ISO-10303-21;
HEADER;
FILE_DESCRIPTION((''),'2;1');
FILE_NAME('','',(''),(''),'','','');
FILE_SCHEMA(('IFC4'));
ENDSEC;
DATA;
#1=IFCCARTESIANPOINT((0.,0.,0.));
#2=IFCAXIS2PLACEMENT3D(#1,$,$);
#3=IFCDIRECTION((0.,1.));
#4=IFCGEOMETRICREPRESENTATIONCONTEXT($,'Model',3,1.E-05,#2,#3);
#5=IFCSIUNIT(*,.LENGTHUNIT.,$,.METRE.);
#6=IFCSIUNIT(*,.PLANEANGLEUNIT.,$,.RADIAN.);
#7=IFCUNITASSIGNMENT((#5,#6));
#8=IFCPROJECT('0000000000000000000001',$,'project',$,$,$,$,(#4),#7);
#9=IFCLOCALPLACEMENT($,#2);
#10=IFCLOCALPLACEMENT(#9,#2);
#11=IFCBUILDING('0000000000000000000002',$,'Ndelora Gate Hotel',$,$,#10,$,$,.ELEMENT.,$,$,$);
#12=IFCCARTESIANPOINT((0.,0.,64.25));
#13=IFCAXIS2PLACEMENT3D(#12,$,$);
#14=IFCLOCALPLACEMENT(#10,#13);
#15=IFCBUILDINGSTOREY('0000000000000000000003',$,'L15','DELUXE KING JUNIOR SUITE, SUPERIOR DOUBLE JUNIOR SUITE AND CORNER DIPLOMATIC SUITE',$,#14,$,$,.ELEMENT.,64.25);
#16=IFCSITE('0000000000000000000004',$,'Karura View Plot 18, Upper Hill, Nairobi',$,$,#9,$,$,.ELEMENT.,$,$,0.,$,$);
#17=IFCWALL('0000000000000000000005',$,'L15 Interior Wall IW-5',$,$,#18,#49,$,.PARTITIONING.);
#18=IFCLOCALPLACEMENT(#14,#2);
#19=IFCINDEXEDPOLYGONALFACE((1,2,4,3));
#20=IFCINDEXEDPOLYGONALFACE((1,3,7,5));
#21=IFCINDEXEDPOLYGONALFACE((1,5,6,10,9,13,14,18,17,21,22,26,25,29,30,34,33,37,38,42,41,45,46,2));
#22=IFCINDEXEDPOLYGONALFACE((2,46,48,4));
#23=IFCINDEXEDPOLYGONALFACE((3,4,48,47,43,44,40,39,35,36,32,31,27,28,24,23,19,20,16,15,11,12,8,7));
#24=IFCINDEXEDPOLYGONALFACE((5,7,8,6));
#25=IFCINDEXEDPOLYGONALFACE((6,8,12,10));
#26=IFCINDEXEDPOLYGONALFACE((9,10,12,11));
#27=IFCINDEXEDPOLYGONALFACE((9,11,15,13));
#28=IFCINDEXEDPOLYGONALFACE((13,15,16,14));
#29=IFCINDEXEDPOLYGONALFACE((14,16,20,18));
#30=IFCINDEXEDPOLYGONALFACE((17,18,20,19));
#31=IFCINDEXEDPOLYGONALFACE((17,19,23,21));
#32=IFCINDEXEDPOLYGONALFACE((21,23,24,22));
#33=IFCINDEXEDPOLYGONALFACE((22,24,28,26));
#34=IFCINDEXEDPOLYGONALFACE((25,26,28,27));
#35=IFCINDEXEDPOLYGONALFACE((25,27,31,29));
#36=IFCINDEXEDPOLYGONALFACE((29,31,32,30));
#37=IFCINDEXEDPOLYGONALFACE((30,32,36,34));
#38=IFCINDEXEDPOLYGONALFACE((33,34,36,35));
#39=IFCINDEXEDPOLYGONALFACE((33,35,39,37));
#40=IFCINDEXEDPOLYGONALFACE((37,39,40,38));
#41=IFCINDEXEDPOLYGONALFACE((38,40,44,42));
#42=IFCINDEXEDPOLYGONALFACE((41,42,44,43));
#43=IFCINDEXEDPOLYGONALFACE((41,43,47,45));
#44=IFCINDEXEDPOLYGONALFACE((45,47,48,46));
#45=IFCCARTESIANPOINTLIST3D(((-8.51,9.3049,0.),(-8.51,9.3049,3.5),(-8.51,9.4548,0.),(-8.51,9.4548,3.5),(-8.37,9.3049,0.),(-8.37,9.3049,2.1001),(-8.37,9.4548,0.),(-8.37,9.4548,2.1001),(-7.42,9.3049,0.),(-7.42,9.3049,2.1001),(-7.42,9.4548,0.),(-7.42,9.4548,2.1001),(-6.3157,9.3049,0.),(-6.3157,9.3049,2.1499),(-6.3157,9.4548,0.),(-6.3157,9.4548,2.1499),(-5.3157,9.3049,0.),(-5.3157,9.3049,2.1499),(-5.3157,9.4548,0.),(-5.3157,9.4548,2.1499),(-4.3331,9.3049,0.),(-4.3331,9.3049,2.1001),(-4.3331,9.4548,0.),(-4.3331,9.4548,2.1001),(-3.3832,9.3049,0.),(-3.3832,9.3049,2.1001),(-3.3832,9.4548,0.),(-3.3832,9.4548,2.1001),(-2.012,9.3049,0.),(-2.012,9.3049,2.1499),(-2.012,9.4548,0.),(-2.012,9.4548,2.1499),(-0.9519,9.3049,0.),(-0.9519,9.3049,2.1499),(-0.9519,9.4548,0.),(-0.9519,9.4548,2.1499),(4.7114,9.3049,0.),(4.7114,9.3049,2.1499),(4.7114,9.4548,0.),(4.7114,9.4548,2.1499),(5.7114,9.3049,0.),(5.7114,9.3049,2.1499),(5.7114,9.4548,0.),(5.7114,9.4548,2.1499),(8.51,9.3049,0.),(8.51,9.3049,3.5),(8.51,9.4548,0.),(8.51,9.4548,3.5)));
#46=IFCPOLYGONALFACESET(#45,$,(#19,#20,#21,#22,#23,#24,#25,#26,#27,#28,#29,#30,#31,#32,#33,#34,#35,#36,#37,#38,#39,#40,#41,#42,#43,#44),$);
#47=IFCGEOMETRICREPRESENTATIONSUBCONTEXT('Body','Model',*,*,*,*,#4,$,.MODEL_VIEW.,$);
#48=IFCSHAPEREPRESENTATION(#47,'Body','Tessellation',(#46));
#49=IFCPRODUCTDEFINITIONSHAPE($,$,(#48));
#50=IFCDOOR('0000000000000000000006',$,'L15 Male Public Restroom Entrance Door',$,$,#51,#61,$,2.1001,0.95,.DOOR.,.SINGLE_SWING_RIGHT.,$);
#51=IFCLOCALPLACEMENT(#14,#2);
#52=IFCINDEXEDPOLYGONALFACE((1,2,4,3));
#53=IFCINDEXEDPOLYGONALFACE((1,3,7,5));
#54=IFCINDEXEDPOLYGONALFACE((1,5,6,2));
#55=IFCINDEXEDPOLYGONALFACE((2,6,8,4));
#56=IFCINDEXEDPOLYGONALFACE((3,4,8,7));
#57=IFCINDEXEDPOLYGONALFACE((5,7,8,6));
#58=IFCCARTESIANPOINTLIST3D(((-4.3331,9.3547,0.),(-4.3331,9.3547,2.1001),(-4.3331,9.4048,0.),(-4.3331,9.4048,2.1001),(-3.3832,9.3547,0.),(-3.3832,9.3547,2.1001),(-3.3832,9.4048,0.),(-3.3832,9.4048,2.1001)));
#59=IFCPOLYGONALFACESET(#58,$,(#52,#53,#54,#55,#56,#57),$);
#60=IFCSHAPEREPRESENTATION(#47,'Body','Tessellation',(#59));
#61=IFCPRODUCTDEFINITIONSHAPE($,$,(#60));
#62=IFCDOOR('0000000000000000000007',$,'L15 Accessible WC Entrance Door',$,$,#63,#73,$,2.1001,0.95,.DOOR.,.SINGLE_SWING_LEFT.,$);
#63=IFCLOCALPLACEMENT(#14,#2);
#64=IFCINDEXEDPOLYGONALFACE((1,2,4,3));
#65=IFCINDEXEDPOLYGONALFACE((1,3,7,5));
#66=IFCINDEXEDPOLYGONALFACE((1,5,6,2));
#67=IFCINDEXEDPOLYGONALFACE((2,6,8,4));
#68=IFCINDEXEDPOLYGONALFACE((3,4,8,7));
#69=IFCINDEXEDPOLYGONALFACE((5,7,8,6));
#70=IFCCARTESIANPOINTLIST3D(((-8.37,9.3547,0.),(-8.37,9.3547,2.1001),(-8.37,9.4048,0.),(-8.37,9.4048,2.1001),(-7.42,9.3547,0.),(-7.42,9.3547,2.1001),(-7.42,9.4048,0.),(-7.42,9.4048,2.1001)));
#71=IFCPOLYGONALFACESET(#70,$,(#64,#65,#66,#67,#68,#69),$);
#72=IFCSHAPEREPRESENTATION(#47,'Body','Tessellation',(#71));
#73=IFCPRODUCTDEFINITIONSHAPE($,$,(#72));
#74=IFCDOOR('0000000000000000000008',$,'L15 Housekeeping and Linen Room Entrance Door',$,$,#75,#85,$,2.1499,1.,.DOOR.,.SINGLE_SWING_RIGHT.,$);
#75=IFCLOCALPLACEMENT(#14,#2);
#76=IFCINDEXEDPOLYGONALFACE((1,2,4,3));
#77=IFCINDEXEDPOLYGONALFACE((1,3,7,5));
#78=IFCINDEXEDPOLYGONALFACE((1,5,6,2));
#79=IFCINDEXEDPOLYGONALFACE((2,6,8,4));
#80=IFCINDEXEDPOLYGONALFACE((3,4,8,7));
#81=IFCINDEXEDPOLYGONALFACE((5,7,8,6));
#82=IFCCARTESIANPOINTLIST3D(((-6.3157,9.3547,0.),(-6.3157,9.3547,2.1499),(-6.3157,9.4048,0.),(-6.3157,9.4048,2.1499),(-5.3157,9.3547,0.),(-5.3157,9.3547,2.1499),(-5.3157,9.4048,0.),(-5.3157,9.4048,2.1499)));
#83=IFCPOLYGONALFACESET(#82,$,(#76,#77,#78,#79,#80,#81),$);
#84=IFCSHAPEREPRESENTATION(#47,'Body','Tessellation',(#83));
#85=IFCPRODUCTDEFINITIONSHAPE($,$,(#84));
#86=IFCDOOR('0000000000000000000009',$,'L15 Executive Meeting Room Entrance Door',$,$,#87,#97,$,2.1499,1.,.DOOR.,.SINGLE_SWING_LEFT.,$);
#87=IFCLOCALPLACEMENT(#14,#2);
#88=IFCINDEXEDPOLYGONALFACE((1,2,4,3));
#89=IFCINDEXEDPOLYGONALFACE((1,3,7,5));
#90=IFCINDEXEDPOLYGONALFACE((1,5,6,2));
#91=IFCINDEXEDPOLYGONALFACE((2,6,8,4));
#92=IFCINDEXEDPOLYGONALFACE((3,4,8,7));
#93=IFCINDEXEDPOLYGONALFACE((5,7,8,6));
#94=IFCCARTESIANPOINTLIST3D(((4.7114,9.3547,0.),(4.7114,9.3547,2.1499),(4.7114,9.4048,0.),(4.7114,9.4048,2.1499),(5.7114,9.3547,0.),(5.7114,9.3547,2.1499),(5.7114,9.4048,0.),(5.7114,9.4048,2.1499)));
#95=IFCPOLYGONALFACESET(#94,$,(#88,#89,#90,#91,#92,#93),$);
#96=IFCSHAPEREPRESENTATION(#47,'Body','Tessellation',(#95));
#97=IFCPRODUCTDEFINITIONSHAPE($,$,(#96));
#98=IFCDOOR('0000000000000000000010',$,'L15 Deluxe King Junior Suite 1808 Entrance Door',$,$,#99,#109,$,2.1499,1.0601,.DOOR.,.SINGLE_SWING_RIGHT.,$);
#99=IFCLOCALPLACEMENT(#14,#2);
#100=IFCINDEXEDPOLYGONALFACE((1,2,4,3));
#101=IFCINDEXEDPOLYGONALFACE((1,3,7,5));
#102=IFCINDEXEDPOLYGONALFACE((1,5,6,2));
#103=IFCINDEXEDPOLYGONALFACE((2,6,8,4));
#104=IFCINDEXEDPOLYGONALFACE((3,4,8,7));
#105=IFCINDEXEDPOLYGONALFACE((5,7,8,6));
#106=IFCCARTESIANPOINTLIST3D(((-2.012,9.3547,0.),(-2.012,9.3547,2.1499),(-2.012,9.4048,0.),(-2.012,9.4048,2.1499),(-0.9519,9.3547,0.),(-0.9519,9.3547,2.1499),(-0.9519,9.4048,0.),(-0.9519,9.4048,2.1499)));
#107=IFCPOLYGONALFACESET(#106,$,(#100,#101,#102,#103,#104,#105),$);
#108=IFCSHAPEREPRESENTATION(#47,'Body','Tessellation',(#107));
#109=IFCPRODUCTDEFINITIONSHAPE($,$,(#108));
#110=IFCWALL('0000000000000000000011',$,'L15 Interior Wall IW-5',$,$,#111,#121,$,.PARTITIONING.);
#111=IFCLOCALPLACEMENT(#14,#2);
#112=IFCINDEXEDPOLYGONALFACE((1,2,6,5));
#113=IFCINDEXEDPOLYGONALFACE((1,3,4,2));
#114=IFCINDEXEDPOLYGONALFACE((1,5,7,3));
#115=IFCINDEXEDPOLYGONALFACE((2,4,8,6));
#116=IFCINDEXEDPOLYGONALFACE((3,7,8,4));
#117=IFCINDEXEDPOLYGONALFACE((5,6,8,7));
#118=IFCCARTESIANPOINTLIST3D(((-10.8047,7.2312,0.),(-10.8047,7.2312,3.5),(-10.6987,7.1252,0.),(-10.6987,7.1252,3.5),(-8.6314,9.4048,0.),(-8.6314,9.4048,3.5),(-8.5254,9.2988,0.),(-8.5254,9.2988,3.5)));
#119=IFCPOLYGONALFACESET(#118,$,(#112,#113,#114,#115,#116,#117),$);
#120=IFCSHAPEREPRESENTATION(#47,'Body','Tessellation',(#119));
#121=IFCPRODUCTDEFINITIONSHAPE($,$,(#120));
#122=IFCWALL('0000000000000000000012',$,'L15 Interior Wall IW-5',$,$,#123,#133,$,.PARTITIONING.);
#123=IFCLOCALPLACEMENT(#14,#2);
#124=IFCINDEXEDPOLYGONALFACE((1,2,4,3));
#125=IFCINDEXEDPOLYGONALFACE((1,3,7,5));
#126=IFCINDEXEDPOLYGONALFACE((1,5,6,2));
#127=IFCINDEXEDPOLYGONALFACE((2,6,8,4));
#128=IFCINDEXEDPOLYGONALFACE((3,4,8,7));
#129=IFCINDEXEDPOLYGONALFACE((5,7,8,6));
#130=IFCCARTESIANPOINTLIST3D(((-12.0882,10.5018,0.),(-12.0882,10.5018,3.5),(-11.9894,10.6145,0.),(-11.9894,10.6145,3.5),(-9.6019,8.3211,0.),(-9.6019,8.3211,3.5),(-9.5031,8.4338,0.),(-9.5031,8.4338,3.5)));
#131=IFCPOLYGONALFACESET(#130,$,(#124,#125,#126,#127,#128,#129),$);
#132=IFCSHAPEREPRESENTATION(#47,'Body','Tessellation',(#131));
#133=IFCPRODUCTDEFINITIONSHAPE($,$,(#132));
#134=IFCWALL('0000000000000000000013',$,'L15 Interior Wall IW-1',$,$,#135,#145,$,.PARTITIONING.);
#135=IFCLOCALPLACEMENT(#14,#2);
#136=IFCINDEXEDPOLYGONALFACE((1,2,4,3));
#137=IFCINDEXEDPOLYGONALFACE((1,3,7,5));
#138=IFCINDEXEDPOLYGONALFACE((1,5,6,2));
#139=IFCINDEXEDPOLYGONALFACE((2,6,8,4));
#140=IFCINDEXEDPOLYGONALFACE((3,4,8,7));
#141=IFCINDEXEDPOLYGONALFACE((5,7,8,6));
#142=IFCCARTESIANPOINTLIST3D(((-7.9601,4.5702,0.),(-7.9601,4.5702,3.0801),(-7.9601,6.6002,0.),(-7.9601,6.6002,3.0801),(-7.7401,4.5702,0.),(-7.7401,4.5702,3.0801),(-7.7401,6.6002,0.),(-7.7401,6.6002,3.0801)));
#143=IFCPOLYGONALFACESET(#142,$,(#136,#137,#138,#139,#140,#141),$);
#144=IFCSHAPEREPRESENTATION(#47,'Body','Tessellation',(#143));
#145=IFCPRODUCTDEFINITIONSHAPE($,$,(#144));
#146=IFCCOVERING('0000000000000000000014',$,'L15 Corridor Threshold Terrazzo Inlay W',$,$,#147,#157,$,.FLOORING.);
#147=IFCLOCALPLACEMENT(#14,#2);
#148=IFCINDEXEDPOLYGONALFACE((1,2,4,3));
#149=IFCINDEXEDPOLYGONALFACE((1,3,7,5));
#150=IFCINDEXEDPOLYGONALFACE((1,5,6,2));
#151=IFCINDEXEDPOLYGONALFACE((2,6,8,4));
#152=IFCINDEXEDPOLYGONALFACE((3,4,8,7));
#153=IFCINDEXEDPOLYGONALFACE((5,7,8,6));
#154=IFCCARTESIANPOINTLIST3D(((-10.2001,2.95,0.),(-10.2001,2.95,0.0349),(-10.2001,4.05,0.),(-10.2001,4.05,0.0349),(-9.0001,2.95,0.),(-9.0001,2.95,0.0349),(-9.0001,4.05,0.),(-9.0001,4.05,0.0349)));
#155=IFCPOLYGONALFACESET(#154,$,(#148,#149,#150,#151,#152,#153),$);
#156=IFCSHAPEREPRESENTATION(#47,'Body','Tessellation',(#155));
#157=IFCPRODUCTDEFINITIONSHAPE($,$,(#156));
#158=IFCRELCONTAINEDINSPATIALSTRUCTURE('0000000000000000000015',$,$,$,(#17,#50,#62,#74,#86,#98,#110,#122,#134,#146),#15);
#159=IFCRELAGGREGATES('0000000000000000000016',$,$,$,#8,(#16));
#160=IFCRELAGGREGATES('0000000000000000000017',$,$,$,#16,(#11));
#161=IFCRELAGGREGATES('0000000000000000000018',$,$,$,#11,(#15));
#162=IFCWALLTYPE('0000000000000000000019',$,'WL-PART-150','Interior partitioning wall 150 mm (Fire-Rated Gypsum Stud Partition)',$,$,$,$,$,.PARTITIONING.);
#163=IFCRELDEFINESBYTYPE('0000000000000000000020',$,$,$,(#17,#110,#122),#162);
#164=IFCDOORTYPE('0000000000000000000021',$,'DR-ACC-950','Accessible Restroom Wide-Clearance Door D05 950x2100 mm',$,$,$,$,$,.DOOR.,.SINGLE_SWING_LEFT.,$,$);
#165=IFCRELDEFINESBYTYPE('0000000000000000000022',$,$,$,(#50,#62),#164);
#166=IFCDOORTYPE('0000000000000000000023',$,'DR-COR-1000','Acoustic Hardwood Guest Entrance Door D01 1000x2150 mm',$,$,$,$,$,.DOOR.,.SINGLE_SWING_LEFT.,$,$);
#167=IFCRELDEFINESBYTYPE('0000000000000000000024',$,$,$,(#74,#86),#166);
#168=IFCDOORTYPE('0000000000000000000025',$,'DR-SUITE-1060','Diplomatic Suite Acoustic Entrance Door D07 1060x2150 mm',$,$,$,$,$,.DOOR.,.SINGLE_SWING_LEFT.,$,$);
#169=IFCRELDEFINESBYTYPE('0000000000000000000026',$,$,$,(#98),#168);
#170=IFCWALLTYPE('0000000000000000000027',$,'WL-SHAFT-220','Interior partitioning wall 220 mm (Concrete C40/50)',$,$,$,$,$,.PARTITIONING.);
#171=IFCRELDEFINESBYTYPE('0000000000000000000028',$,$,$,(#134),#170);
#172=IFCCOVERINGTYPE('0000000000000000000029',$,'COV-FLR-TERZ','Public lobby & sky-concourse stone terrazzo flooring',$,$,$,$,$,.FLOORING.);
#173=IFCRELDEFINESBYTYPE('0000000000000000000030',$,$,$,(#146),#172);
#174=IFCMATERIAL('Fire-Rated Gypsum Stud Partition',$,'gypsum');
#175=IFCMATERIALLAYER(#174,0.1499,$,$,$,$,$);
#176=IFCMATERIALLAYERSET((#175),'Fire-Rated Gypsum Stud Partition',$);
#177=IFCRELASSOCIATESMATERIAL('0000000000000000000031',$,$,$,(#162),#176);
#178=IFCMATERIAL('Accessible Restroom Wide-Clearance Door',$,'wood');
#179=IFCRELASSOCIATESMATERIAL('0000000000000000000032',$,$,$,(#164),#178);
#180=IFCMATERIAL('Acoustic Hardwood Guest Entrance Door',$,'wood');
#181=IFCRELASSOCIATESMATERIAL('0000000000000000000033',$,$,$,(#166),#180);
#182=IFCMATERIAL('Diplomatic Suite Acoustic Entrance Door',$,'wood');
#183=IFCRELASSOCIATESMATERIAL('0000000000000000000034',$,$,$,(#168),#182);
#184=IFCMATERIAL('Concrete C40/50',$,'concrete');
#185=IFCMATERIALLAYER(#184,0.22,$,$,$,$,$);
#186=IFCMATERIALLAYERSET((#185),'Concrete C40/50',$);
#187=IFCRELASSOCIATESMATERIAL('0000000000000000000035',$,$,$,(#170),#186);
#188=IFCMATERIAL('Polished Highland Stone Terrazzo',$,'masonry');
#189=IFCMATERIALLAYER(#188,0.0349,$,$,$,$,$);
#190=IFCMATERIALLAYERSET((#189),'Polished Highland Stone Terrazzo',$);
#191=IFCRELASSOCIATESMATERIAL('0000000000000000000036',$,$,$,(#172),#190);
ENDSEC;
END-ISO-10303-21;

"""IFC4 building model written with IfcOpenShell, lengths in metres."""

from ifc_helpers import new_model, si_unit, direction, frame, frame_2d, origin, origin_2d, place, context, subcontext, project, spatial, rectangle, extrude, material, layer, layer_set, type_object, element, fill, save


model = new_model("IFC4")

# Units and contexts
model_context = context("Model", 3, precision=1e-05, world=origin(), true_north=direction((0.0, 1.0)))
body_context = subcontext(model_context, "Body", "Model", "MODEL_VIEW")
ifc_project = project(units=[si_unit("LENGTHUNIT", "METRE"), si_unit("PLANEANGLEUNIT", "RADIAN")], contexts=[model_context])

# Site, building, storey
site_placement = place(None, origin())
site = spatial("IfcSite", under=ifc_project, at=site_placement, Name="Karura View Plot 18, Upper Hill, Nairobi", CompositionType="ELEMENT", RefElevation=0.0)
building_placement = place(site_placement, origin())
building = spatial("IfcBuilding", under=site, at=building_placement, Name="Ndelora Gate Hotel", CompositionType="ELEMENT")
storey_placement = place(building_placement, frame((0.0, 0.0, 64.25)))
storey = spatial("IfcBuildingStorey", under=building, at=storey_placement, Name="L15", Description="DELUXE KING JUNIOR SUITE, SUPERIOR DOUBLE JUNIOR SUITE AND CORNER DIPLOMATIC SUITE", CompositionType="ELEMENT", Elevation=64.25)

# Shared definitions
ifc_material_1 = material(Name="Concrete C40/50", Category="concrete")

# Wall, openings, doors
ifc_material_2 = material(Name="Fire-Rated Gypsum Stud Partition", Category="gypsum")
ifc_layer_1 = layer(ifc_material_2, 0.1499)
ifc_layer_set_1 = layer_set([ifc_layer_1], Name="Fire-Rated Gypsum Stud Partition")
wall_type_1 = type_object("IfcWallType", Name="WL-PART-150", Description="Interior partitioning wall 150 mm (Fire-Rated Gypsum Stud Partition)", PredefinedType="PARTITIONING", material=ifc_layer_set_1)
wall_1_placement = place(storey_placement, frame((-8.51, 9.3799, 0.0), z_axis=(0.0, 0.0, 1.0), x_axis=(1.0, 0.0, 0.0)))
wall_1 = element("IfcWall", 1, at=wall_1_placement, inside=storey, type_object=wall_type_1, Name="L15 Interior Wall IW-5", PredefinedType="PARTITIONING", context=body_context, shape_type="SweptSolid", body=[
    extrude(rectangle(XDim=17.02, YDim=0.1499, at=frame_2d((8.51, 0.0))), origin(), (0.0, 0.0, 1.0), 3.5),
])
opening_1_placement = place(wall_1_placement, frame((4.1768, 0.0, 0.0)))
opening_1 = element("IfcOpeningElement", 2, at=opening_1_placement, cuts=wall_1, PredefinedType="OPENING", context=body_context, shape_type="SweptSolid", body=[
    extrude(rectangle(XDim=0.95, YDim=2.1001, at=frame_2d((0.4751, 1.05))), frame((0.0, 0.085, 0.0), z_axis=(0.0, -1.0, 0.0), x_axis=(1.0, 0.0, 0.0)), (0.0, 0.0, 1.0), 0.1699),
])
opening_2_placement = place(wall_1_placement, frame((0.1399, 0.0, 0.0)))
opening_2 = element("IfcOpeningElement", 3, at=opening_2_placement, cuts=wall_1, PredefinedType="OPENING", context=body_context, shape_type="SweptSolid", body=[
    extrude(rectangle(XDim=0.95, YDim=2.1001, at=frame_2d((0.4751, 1.05))), frame((0.0, 0.085, 0.0), z_axis=(0.0, -1.0, 0.0), x_axis=(1.0, 0.0, 0.0)), (0.0, 0.0, 1.0), 0.1699),
])
opening_3_placement = place(wall_1_placement, frame((2.1943, 0.0, 0.0)))
opening_3 = element("IfcOpeningElement", 4, at=opening_3_placement, cuts=wall_1, PredefinedType="OPENING", context=body_context, shape_type="SweptSolid", body=[
    extrude(rectangle(XDim=1.0, YDim=2.1499, at=frame_2d((0.5, 1.075))), frame((0.0, 0.085, 0.0), z_axis=(0.0, -1.0, 0.0), x_axis=(1.0, 0.0, 0.0)), (0.0, 0.0, 1.0), 0.1699),
])
opening_4_placement = place(wall_1_placement, frame((13.2214, 0.0, 0.0)))
opening_4 = element("IfcOpeningElement", 5, at=opening_4_placement, cuts=wall_1, PredefinedType="OPENING", context=body_context, shape_type="SweptSolid", body=[
    extrude(rectangle(XDim=1.0, YDim=2.1499, at=frame_2d((0.5, 1.075))), frame((0.0, 0.085, 0.0), z_axis=(0.0, -1.0, 0.0), x_axis=(1.0, 0.0, 0.0)), (0.0, 0.0, 1.0), 0.1699),
])
opening_5_placement = place(wall_1_placement, frame((6.498, 0.0, 0.0)))
opening_5 = element("IfcOpeningElement", 6, at=opening_5_placement, cuts=wall_1, PredefinedType="OPENING", context=body_context, shape_type="SweptSolid", body=[
    extrude(rectangle(XDim=1.0601, YDim=2.1499, at=frame_2d((0.53, 1.075))), frame((0.0, 0.085, 0.0), z_axis=(0.0, -1.0, 0.0), x_axis=(1.0, 0.0, 0.0)), (0.0, 0.0, 1.0), 0.1699),
])
ifc_material_3 = material(Name="Accessible Restroom Wide-Clearance Door", Category="wood")
door_type_1 = type_object("IfcDoorType", Name="DR-ACC-950", Description="Accessible Restroom Wide-Clearance Door D05 950x2100 mm", OperationType="SINGLE_SWING_LEFT", PredefinedType="DOOR", material=ifc_material_3)
door_1_placement = place(opening_1_placement, origin())
door_1 = element("IfcDoor", 7, at=door_1_placement, inside=storey, type_object=door_type_1, Name="L15 Male Public Restroom Entrance Door", OperationType="SINGLE_SWING_RIGHT", OverallHeight=2.1001, OverallWidth=0.95, PredefinedType="DOOR", context=body_context, shape_type="SweptSolid", body=[
    extrude(rectangle(XDim=0.95, YDim=2.1001, at=frame_2d((0.4751, 1.05))), frame((0.0, 0.0249, 0.0), z_axis=(0.0, -1.0, 0.0), x_axis=(1.0, 0.0, 0.0)), (0.0, 0.0, 1.0), 0.05),
])
fill(opening_1, door_1)
door_2_placement = place(opening_2_placement, origin())
door_2 = element("IfcDoor", 8, at=door_2_placement, inside=storey, type_object=door_type_1, Name="L15 Accessible WC Entrance Door", OperationType="SINGLE_SWING_LEFT", OverallHeight=2.1001, OverallWidth=0.95, PredefinedType="DOOR", context=body_context, shape_type="SweptSolid", body=[
    extrude(rectangle(XDim=0.95, YDim=2.1001, at=frame_2d((0.4751, 1.05))), frame((0.0, 0.0249, 0.0), z_axis=(0.0, -1.0, 0.0), x_axis=(1.0, 0.0, 0.0)), (0.0, 0.0, 1.0), 0.05),
])
fill(opening_2, door_2)
ifc_material_4 = material(Name="Acoustic Hardwood Guest Entrance Door", Category="wood")
door_type_2 = type_object("IfcDoorType", Name="DR-COR-1000", Description="Acoustic Hardwood Guest Entrance Door D01 1000x2150 mm", OperationType="SINGLE_SWING_LEFT", PredefinedType="DOOR", material=ifc_material_4)
door_3_placement = place(opening_3_placement, origin())
door_3 = element("IfcDoor", 9, at=door_3_placement, inside=storey, type_object=door_type_2, Name="L15 Housekeeping and Linen Room Entrance Door", OperationType="SINGLE_SWING_RIGHT", OverallHeight=2.1499, OverallWidth=1.0, PredefinedType="DOOR", context=body_context, shape_type="SweptSolid", body=[
    extrude(rectangle(XDim=1.0, YDim=2.1499, at=frame_2d((0.5, 1.075))), frame((0.0, 0.0249, 0.0), z_axis=(0.0, -1.0, 0.0), x_axis=(1.0, 0.0, 0.0)), (0.0, 0.0, 1.0), 0.05),
])
fill(opening_3, door_3)
door_4_placement = place(opening_4_placement, origin())
door_4 = element("IfcDoor", 10, at=door_4_placement, inside=storey, type_object=door_type_2, Name="L15 Executive Meeting Room Entrance Door", OperationType="SINGLE_SWING_LEFT", OverallHeight=2.1499, OverallWidth=1.0, PredefinedType="DOOR", context=body_context, shape_type="SweptSolid", body=[
    extrude(rectangle(XDim=1.0, YDim=2.1499, at=frame_2d((0.5, 1.075))), frame((0.0, 0.0249, 0.0), z_axis=(0.0, -1.0, 0.0), x_axis=(1.0, 0.0, 0.0)), (0.0, 0.0, 1.0), 0.05),
])
fill(opening_4, door_4)
ifc_material_5 = material(Name="Diplomatic Suite Acoustic Entrance Door", Category="wood")
door_type_3 = type_object("IfcDoorType", Name="DR-SUITE-1060", Description="Diplomatic Suite Acoustic Entrance Door D07 1060x2150 mm", OperationType="SINGLE_SWING_LEFT", PredefinedType="DOOR", material=ifc_material_5)
door_5_placement = place(opening_5_placement, origin())
door_5 = element("IfcDoor", 11, at=door_5_placement, inside=storey, type_object=door_type_3, Name="L15 Deluxe King Junior Suite 1808 Entrance Door", OperationType="SINGLE_SWING_RIGHT", OverallHeight=2.1499, OverallWidth=1.0601, PredefinedType="DOOR", context=body_context, shape_type="SweptSolid", body=[
    extrude(rectangle(XDim=1.0601, YDim=2.1499, at=frame_2d((0.53, 1.075))), frame((0.0, 0.0249, 0.0), z_axis=(0.0, -1.0, 0.0), x_axis=(1.0, 0.0, 0.0)), (0.0, 0.0, 1.0), 0.05),
])
fill(opening_5, door_5)

# Walls
wall_2_placement = place(storey_placement, frame((-10.7517, 7.1782, 0.0), z_axis=(0.0, 0.0, 1.0), x_axis=(0.707067, 0.707146, 0.0)))
element("IfcWall", 12, at=wall_2_placement, inside=storey, type_object=wall_type_1, Name="L15 Interior Wall IW-5", PredefinedType="PARTITIONING", context=body_context, shape_type="SweptSolid", body=[
    extrude(rectangle(XDim=3.0737, YDim=0.1499, at=frame_2d((1.5369, 0.0))), origin(), (0.0, 0.0, 1.0), 3.5),
])
wall_3_placement = place(storey_placement, frame((-9.5525, 8.3774, 0.0), z_axis=(0.0, 0.0, 1.0), x_axis=(-0.751808, 0.659382, 0.0)))
element("IfcWall", 13, at=wall_3_placement, inside=storey, type_object=wall_type_1, Name="L15 Interior Wall IW-5", PredefinedType="PARTITIONING", context=body_context, shape_type="SweptSolid", body=[
    extrude(rectangle(XDim=3.3071, YDim=0.1499, at=frame_2d((1.6536, 0.0))), origin(), (0.0, 0.0, 1.0), 3.5),
])

# Shared definitions
ifc_layer_2 = layer(ifc_material_1, 0.22)
ifc_layer_set_2 = layer_set([ifc_layer_2], Name="Concrete C40/50")
wall_type_2 = type_object("IfcWallType", Name="WL-SHAFT-220", Description="Interior partitioning wall 220 mm (Concrete C40/50)", PredefinedType="PARTITIONING", material=ifc_layer_set_2)

# Wall
wall_4_placement = place(storey_placement, frame((-7.8501, 4.5701, 0.0), z_axis=(0.0, 0.0, 1.0), x_axis=(0.0, 1.0, 0.0)))
element("IfcWall", 14, at=wall_4_placement, inside=storey, type_object=wall_type_2, Name="L15 Interior Wall IW-1", PredefinedType="PARTITIONING", context=body_context, shape_type="SweptSolid", body=[
    extrude(rectangle(XDim=2.03, YDim=0.22, at=frame_2d((1.0151, 0.0))), origin(), (0.0, 0.0, 1.0), 3.0801),
])

# Covering
ifc_material_6 = material(Name="Polished Highland Stone Terrazzo", Category="masonry")
ifc_layer_3 = layer(ifc_material_6, 0.0349)
ifc_layer_set_3 = layer_set([ifc_layer_3], Name="Polished Highland Stone Terrazzo")
covering_type = type_object("IfcCoveringType", Name="COV-FLR-TERZ", Description="Public lobby & sky-concourse stone terrazzo flooring", PredefinedType="FLOORING", material=ifc_layer_set_3)
covering_placement = place(storey_placement, frame((-9.6001, 3.5, 0.0), z_axis=(0.0, 0.0, 1.0), x_axis=(1.0, 0.0, 0.0)))
element("IfcCovering", 15, at=covering_placement, inside=storey, type_object=covering_type, Name="L15 Corridor Threshold Terrazzo Inlay W", PredefinedType="FLOORING", context=body_context, shape_type="SweptSolid", body=[
    extrude(rectangle(XDim=1.2, YDim=1.1001, at=origin_2d()), origin(), (0.0, 0.0, 1.0), 0.0349),
])

save(model, "model.ifc")
